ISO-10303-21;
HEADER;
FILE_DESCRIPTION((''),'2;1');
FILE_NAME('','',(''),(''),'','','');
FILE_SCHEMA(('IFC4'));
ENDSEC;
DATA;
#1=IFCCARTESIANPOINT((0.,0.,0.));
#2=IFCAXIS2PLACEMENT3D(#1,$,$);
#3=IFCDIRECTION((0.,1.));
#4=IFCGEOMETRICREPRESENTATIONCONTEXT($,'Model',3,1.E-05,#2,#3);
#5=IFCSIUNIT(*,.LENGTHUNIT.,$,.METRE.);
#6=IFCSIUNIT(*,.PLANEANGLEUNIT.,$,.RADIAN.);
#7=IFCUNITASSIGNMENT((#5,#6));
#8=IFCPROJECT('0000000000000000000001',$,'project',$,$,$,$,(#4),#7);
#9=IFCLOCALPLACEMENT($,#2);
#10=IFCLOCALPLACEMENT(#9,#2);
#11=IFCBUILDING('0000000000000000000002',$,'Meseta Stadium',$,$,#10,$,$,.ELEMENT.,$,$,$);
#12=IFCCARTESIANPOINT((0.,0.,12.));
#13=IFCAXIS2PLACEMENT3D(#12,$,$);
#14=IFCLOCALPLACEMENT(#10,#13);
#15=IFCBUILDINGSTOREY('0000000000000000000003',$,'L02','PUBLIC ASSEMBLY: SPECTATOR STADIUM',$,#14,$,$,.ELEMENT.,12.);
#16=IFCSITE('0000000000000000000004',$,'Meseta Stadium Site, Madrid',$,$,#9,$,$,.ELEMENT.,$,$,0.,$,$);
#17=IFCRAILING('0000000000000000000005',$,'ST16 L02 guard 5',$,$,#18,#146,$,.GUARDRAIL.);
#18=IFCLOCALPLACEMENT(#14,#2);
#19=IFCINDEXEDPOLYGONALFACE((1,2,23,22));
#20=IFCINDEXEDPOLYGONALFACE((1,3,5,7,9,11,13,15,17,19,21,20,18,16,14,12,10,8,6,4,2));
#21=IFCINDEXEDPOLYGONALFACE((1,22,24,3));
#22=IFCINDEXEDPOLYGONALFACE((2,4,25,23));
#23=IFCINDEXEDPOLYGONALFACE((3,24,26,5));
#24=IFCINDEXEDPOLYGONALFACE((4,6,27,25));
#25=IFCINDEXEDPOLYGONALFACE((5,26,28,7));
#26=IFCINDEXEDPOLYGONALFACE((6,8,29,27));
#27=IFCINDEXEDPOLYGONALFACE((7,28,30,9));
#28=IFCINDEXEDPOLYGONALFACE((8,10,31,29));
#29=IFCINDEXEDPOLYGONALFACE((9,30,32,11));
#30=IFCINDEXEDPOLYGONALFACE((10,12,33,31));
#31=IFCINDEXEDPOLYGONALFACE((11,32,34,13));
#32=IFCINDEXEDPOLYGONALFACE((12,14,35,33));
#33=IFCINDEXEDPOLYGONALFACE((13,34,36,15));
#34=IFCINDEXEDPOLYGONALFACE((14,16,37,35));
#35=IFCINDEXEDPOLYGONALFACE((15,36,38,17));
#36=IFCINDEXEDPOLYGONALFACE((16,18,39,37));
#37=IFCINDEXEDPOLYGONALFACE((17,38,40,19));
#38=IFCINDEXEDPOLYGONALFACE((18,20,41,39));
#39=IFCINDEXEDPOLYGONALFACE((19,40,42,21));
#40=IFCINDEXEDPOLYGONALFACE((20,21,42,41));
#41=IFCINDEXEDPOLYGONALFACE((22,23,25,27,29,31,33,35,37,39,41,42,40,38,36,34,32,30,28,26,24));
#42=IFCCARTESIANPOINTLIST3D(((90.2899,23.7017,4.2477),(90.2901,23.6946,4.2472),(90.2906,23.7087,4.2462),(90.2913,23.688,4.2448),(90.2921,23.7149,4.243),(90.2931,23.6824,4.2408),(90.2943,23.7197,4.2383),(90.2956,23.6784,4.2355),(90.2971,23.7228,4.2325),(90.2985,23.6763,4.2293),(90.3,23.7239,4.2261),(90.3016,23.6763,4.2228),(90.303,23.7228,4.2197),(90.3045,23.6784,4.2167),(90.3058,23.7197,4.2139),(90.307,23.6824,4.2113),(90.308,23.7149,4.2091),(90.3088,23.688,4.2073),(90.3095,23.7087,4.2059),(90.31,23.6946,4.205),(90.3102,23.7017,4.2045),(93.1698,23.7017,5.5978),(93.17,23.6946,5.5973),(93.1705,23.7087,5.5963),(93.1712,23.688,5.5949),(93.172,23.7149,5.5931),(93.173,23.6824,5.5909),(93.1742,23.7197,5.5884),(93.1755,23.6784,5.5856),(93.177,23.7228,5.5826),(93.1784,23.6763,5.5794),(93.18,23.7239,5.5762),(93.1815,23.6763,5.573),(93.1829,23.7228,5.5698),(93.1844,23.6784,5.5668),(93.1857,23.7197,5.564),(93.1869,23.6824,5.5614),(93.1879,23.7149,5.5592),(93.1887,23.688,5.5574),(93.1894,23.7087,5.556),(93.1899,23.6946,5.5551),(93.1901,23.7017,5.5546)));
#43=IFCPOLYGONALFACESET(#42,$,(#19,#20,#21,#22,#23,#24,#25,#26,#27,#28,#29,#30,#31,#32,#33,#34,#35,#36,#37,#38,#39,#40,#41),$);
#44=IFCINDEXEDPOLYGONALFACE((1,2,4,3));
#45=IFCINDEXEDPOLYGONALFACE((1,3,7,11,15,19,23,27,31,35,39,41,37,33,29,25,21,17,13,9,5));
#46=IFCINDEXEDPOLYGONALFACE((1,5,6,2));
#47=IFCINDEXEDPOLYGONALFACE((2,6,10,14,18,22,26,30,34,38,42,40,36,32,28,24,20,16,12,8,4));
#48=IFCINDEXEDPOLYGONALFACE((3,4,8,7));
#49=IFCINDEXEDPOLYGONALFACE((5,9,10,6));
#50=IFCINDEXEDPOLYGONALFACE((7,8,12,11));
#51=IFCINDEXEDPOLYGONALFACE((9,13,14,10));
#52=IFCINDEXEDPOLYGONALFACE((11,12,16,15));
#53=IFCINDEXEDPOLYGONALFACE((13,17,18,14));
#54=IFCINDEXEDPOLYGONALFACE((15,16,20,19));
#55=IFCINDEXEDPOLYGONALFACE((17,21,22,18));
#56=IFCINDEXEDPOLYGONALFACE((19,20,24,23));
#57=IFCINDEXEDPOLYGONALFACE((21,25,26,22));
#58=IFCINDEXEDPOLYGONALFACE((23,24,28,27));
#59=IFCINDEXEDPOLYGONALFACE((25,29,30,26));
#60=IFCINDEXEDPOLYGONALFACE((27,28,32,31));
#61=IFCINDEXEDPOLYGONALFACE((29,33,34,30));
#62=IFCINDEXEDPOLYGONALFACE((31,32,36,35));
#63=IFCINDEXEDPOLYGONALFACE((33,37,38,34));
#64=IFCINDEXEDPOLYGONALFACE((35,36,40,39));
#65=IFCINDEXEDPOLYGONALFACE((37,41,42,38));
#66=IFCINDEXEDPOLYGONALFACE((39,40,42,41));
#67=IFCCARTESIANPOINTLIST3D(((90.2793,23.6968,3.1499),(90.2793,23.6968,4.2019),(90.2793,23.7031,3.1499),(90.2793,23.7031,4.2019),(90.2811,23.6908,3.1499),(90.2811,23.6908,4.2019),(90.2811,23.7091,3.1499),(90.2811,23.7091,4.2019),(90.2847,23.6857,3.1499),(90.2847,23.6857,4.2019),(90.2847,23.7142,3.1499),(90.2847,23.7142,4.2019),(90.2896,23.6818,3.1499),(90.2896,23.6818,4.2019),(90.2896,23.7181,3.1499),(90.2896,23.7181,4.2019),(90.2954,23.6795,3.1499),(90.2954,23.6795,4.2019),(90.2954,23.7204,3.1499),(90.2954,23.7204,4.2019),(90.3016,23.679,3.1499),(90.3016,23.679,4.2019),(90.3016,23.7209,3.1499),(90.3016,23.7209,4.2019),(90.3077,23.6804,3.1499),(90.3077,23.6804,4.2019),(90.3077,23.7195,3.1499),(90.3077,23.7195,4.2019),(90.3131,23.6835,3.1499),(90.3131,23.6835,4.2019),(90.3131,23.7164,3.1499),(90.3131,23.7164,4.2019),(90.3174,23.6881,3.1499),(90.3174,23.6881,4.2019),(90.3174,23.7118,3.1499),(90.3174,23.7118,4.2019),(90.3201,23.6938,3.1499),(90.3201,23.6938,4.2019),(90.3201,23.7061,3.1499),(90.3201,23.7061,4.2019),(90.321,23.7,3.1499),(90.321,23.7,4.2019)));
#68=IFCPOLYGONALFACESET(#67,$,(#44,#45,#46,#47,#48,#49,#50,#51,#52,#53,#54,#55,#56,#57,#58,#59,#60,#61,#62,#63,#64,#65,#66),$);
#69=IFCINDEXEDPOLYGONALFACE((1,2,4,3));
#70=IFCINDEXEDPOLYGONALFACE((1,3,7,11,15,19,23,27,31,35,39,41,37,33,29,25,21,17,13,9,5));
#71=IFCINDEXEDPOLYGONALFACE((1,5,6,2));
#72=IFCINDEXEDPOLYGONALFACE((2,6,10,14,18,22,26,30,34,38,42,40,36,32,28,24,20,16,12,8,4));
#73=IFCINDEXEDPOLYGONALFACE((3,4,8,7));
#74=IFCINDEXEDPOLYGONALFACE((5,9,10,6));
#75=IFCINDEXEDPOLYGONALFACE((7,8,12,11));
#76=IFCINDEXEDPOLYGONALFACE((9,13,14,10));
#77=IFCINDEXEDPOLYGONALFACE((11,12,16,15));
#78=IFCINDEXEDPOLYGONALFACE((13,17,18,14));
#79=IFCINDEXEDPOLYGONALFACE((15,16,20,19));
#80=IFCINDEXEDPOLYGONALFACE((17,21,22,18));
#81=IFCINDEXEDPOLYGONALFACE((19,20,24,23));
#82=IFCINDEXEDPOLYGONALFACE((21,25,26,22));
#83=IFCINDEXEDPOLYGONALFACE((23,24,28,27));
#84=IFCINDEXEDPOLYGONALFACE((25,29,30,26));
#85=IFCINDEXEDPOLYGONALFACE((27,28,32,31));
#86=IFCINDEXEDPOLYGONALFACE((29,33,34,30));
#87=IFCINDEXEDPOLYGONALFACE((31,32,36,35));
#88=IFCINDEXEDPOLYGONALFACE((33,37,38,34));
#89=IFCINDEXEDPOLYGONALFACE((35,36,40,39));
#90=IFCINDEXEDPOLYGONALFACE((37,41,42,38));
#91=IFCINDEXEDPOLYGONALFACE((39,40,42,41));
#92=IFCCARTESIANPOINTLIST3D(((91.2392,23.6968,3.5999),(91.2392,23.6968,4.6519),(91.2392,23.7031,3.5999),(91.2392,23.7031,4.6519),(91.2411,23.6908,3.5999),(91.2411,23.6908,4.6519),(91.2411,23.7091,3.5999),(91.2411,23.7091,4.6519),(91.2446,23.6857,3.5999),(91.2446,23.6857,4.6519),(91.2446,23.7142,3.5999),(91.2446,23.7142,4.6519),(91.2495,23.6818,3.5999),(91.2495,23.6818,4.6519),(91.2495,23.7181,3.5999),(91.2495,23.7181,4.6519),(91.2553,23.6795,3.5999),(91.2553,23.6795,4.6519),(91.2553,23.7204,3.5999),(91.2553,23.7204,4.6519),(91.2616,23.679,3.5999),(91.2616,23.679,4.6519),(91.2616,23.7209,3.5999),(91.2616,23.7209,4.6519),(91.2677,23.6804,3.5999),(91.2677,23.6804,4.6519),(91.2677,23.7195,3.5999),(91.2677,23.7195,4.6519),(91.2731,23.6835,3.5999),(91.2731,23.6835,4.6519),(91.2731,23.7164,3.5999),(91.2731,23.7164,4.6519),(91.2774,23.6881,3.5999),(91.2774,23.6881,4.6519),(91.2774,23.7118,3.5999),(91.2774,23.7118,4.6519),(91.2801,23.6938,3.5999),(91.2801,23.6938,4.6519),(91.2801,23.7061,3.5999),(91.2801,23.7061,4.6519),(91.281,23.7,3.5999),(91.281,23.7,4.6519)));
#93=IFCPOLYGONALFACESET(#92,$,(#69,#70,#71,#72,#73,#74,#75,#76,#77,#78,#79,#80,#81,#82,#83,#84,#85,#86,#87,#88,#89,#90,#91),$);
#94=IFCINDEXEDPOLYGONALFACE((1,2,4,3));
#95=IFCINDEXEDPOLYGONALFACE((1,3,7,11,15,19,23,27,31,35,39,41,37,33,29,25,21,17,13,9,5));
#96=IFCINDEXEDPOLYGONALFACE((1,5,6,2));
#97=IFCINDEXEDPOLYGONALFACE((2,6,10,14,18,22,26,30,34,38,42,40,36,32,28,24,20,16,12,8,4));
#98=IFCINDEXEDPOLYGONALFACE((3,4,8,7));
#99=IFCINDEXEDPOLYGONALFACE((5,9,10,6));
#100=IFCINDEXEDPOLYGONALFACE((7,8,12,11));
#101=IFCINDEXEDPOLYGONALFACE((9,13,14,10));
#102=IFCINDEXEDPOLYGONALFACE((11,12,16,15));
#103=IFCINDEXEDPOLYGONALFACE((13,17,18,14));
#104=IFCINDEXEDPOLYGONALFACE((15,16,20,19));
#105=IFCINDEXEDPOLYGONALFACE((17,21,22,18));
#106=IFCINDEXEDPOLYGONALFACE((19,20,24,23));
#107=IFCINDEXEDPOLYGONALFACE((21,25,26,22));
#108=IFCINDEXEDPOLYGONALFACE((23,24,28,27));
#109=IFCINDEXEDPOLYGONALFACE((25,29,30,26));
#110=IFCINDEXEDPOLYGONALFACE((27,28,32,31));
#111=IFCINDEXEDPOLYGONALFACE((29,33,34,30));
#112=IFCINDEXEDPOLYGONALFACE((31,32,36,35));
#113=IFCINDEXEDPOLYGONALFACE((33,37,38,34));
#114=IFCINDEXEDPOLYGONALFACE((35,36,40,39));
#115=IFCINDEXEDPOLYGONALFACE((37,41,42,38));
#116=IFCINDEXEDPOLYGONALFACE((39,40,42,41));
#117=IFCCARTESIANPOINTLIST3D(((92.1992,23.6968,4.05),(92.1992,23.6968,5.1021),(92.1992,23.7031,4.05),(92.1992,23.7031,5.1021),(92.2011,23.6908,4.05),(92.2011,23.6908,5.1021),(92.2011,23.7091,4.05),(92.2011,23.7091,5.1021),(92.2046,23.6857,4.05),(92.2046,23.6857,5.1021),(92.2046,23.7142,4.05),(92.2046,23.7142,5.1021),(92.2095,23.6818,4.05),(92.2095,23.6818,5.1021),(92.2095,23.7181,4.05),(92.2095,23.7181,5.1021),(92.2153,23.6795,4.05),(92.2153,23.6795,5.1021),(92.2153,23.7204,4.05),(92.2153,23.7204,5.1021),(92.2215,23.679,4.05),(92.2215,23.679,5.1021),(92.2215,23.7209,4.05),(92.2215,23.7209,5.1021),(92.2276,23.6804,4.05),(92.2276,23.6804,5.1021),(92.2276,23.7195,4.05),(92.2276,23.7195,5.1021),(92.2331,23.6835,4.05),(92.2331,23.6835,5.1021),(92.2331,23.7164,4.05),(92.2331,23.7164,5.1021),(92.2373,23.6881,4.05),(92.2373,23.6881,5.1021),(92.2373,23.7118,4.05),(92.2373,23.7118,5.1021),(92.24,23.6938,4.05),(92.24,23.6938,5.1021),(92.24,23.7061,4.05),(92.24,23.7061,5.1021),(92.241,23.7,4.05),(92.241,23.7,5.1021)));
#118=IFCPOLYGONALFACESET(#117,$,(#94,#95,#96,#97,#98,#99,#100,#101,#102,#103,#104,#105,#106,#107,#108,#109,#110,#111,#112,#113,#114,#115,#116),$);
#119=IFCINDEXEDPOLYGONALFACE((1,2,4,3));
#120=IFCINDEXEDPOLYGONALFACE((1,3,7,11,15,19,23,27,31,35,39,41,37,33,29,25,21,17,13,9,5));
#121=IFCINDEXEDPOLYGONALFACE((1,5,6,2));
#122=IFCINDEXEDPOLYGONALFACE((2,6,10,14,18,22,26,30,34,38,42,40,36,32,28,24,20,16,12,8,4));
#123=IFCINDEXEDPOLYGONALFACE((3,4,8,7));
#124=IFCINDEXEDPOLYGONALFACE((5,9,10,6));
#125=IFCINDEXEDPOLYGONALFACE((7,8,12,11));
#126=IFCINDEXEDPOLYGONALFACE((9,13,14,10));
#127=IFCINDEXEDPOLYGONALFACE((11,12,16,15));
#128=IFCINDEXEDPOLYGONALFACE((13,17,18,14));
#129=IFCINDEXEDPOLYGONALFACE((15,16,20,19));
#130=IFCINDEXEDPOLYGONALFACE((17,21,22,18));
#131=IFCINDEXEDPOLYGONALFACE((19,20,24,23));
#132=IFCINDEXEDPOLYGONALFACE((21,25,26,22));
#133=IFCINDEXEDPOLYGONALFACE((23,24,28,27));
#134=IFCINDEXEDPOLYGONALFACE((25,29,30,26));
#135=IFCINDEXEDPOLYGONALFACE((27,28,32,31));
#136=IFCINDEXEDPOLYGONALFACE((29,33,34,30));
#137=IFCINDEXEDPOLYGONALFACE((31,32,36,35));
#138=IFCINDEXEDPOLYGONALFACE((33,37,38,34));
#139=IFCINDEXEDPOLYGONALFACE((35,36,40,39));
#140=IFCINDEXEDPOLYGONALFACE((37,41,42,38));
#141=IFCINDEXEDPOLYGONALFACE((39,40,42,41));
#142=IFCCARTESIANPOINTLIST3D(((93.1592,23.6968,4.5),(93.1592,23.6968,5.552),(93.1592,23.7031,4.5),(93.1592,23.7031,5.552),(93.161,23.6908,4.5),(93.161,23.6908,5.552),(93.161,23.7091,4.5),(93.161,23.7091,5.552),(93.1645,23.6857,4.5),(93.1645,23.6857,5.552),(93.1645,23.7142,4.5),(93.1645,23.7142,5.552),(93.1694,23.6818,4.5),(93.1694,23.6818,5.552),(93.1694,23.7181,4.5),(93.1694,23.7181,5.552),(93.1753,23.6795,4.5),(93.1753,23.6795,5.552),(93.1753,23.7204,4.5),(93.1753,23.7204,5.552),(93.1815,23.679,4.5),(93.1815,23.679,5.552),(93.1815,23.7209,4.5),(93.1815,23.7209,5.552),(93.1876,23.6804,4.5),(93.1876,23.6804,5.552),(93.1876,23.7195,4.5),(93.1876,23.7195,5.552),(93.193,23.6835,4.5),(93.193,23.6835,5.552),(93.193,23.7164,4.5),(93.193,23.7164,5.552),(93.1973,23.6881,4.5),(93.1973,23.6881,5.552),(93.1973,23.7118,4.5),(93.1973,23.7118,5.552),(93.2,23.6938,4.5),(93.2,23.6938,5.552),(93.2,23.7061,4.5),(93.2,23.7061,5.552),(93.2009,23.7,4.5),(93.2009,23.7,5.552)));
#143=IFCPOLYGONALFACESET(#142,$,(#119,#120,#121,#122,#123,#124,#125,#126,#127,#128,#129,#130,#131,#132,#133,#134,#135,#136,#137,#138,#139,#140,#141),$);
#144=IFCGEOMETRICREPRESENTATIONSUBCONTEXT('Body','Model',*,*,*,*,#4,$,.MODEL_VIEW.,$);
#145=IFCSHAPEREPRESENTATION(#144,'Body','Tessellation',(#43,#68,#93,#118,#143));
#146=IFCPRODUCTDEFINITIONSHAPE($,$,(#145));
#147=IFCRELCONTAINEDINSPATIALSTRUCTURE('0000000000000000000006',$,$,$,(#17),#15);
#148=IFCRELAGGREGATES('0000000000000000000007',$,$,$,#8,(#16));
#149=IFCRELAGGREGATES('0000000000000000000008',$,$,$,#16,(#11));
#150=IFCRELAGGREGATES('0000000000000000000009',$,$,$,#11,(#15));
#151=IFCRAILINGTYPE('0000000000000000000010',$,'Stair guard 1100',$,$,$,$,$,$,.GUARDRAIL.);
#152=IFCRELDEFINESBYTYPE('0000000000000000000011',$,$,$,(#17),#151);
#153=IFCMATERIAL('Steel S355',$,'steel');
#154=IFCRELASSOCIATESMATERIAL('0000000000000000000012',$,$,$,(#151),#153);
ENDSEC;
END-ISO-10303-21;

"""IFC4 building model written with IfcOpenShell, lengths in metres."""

from ifc_helpers import new_model, si_unit, direction, frame, origin, origin_2d, place, context, subcontext, project, spatial, circle, extrude, material, type_object, element, save


model = new_model("IFC4")

# Units and contexts
model_context = context("Model", 3, precision=1e-05, world=origin(), true_north=direction((0.0, 1.0)))
body_context = subcontext(model_context, "Body", "Model", "MODEL_VIEW")
ifc_project = project(units=[si_unit("LENGTHUNIT", "METRE"), si_unit("PLANEANGLEUNIT", "RADIAN")], contexts=[model_context])

# Site, building, storey
site_placement = place(None, origin())
site = spatial("IfcSite", under=ifc_project, at=site_placement, Name="Meseta Stadium Site, Madrid", CompositionType="ELEMENT", RefElevation=0.0)
building_placement = place(site_placement, origin())
building = spatial("IfcBuilding", under=site, at=building_placement, Name="Meseta Stadium", CompositionType="ELEMENT")
storey_placement = place(building_placement, frame((0.0, 0.0, 12.0)))
storey = spatial("IfcBuildingStorey", under=building, at=storey_placement, Name="L02", Description="PUBLIC ASSEMBLY: SPECTATOR STADIUM", CompositionType="ELEMENT", Elevation=12.0)

# Railing
ifc_material_1 = material(Name="Steel S355", Category="steel")
railing_type_1 = type_object("IfcRailingType", Name="Stair guard 1100", PredefinedType="GUARDRAIL", material=ifc_material_1)
railing_1_placement = place(storey_placement, frame((90.3, 23.7, 3.1499)))
element("IfcRailing", 1, at=railing_1_placement, inside=storey, type_object=railing_type_1, Name="ST16 L02 guard 5", PredefinedType="GUARDRAIL", context=body_context, shape_type="SweptSolid", body=[
    extrude(circle(Radius=0.0239, at=origin_2d()), frame((0.0, 0.0, 1.0762), z_axis=(0.90544, 0.0, 0.424473), x_axis=(0.0, 1.0, 0.0)), (0.0, 0.0, 1.0), 3.1807),
    extrude(circle(Radius=0.021, at=origin_2d()), origin(), (0.0, 0.0, 1.0), 1.052),
    extrude(circle(Radius=0.021, at=origin_2d()), frame((0.96, 0.0, 0.45)), (0.0, 0.0, 1.0), 1.052),
    extrude(circle(Radius=0.021, at=origin_2d()), frame((1.9199, 0.0, 0.9001)), (0.0, 0.0, 1.0), 1.052),
    extrude(circle(Radius=0.021, at=origin_2d()), frame((2.8799, 0.0, 1.3501)), (0.0, 0.0, 1.0), 1.052),
])

save(model, "model.ifc")
